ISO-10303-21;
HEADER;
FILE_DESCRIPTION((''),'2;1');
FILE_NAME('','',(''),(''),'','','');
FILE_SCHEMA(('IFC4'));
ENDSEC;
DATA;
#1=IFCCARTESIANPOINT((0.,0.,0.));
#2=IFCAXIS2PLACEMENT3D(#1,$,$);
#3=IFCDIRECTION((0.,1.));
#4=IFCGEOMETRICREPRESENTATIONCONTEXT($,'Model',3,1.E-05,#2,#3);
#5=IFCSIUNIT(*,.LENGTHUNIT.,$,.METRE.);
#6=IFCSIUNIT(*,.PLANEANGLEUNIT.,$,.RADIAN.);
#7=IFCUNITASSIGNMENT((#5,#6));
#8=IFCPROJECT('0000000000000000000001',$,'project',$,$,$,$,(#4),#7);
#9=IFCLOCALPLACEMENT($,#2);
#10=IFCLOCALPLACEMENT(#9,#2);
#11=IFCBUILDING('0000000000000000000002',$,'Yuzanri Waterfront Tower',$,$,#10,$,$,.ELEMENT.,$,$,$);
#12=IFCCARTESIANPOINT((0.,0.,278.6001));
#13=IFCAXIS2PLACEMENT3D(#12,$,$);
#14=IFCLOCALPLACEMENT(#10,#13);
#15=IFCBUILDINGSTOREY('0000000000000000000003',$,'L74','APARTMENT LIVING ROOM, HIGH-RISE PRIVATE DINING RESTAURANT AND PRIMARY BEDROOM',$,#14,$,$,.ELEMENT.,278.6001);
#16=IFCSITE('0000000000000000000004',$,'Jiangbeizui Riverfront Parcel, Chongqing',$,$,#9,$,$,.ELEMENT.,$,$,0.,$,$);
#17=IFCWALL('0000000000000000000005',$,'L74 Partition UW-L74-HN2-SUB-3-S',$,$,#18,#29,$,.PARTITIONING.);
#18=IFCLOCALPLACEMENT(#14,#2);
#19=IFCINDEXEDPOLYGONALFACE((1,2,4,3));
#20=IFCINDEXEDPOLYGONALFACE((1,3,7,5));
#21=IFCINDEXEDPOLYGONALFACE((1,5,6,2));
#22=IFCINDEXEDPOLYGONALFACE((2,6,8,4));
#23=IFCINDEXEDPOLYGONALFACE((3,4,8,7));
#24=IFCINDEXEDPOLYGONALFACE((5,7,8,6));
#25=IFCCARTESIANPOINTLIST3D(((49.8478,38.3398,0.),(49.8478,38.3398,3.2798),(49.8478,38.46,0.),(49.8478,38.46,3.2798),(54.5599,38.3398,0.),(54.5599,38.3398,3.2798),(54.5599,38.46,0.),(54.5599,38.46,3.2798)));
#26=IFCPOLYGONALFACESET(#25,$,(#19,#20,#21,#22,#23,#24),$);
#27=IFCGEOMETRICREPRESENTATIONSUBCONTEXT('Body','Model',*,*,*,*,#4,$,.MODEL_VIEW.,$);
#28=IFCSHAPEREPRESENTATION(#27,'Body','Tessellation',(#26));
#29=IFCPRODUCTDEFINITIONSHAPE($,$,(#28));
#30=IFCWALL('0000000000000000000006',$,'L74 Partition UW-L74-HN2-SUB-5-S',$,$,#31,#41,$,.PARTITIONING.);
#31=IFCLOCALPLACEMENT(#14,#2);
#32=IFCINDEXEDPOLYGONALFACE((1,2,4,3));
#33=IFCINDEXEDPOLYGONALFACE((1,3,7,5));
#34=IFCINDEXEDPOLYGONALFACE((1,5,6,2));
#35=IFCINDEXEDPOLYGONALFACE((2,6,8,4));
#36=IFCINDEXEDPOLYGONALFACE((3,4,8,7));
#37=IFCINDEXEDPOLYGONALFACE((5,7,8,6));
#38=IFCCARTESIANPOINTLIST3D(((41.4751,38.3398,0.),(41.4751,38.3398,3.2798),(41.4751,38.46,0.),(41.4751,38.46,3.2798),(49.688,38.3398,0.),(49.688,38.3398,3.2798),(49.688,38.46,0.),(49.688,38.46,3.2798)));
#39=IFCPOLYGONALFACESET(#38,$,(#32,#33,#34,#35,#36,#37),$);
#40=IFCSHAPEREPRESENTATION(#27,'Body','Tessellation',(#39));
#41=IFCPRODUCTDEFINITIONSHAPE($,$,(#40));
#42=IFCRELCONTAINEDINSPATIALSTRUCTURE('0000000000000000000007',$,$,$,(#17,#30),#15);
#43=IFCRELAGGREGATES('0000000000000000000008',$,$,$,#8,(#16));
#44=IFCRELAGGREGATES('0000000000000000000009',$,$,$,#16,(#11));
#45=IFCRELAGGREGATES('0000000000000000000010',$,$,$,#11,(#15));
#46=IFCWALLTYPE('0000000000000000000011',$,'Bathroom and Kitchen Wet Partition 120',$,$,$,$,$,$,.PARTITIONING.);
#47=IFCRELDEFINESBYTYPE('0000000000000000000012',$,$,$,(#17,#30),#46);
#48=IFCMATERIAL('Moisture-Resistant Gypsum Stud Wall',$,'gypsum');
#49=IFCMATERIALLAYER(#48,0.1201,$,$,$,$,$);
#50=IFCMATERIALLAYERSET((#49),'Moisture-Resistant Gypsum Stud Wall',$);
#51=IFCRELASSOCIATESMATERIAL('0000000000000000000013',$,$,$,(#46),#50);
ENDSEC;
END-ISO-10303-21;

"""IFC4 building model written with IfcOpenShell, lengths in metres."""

from ifc_helpers import new_model, si_unit, direction, frame, frame_2d, origin, place, context, subcontext, project, spatial, rectangle, extrude, source, transform, mapped, material, layer, layer_set, type_object, element, save


model = new_model("IFC4")

# Units and contexts
model_context = context("Model", 3, precision=1e-05, world=origin(), true_north=direction((0.0, 1.0)))
body_context = subcontext(model_context, "Body", "Model", "MODEL_VIEW")
ifc_project = project(units=[si_unit("LENGTHUNIT", "METRE"), si_unit("PLANEANGLEUNIT", "RADIAN")], contexts=[model_context])

# Site, building, storey
site_placement = place(None, origin())
site = spatial("IfcSite", under=ifc_project, at=site_placement, Name="Jiangbeizui Riverfront Parcel, Chongqing", CompositionType="ELEMENT", RefElevation=0.0)
building_placement = place(site_placement, origin())
building = spatial("IfcBuilding", under=site, at=building_placement, Name="Yuzanri Waterfront Tower", CompositionType="ELEMENT")
storey_placement = place(building_placement, frame((0.0, 0.0, 278.6001)))
storey = spatial("IfcBuildingStorey", under=building, at=storey_placement, Name="L74", Description="APARTMENT LIVING ROOM, HIGH-RISE PRIVATE DINING RESTAURANT AND PRIMARY BEDROOM", CompositionType="ELEMENT", Elevation=278.6001)

# Shared definitions
ifc_material_1 = material(Name="Moisture-Resistant Gypsum Stud Wall", Category="gypsum")
ifc_layer_1 = layer(ifc_material_1, 0.1201)
ifc_layer_set_1 = layer_set([ifc_layer_1], Name="Moisture-Resistant Gypsum Stud Wall")
wall_type_1 = type_object("IfcWallType", Name="Bathroom and Kitchen Wet Partition 120", PredefinedType="PARTITIONING", material=ifc_layer_set_1)

# Walls
shared_shape_1 = source(origin(), body_context, "Body", "SweptSolid", [
    extrude(rectangle(XDim=4.7122, YDim=0.1201, at=frame_2d((2.356, 0.0))), origin(), (0.0, 0.0, 1.0), 3.2798),
])
wall_1_placement = place(storey_placement, frame((49.8479, 38.3999, 0.0), z_axis=(0.0, 0.0, 1.0), x_axis=(1.0, 0.0, 0.0)))
element("IfcWall", 1, at=wall_1_placement, inside=storey, type_object=wall_type_1, Name="L74 Partition UW-L74-HN2-SUB-3-S", PredefinedType="PARTITIONING", context=body_context, shape_type="MappedRepresentation", body=[
    mapped(shared_shape_1, transform((0.0, 0.0, 0.0), scale=1.0)),
])
shared_shape_2 = source(origin(), body_context, "Body", "SweptSolid", [
    extrude(rectangle(XDim=8.2129, YDim=0.1201, at=frame_2d((4.1064, 0.0))), origin(), (0.0, 0.0, 1.0), 3.2798),
])
wall_2_placement = place(storey_placement, frame((41.4751, 38.3999, 0.0), z_axis=(0.0, 0.0, 1.0), x_axis=(1.0, 0.0, 0.0)))
element("IfcWall", 2, at=wall_2_placement, inside=storey, type_object=wall_type_1, Name="L74 Partition UW-L74-HN2-SUB-5-S", PredefinedType="PARTITIONING", context=body_context, shape_type="MappedRepresentation", body=[
    mapped(shared_shape_2, transform((0.0, 0.0, 0.0), scale=1.0)),
])

save(model, "model.ifc")
